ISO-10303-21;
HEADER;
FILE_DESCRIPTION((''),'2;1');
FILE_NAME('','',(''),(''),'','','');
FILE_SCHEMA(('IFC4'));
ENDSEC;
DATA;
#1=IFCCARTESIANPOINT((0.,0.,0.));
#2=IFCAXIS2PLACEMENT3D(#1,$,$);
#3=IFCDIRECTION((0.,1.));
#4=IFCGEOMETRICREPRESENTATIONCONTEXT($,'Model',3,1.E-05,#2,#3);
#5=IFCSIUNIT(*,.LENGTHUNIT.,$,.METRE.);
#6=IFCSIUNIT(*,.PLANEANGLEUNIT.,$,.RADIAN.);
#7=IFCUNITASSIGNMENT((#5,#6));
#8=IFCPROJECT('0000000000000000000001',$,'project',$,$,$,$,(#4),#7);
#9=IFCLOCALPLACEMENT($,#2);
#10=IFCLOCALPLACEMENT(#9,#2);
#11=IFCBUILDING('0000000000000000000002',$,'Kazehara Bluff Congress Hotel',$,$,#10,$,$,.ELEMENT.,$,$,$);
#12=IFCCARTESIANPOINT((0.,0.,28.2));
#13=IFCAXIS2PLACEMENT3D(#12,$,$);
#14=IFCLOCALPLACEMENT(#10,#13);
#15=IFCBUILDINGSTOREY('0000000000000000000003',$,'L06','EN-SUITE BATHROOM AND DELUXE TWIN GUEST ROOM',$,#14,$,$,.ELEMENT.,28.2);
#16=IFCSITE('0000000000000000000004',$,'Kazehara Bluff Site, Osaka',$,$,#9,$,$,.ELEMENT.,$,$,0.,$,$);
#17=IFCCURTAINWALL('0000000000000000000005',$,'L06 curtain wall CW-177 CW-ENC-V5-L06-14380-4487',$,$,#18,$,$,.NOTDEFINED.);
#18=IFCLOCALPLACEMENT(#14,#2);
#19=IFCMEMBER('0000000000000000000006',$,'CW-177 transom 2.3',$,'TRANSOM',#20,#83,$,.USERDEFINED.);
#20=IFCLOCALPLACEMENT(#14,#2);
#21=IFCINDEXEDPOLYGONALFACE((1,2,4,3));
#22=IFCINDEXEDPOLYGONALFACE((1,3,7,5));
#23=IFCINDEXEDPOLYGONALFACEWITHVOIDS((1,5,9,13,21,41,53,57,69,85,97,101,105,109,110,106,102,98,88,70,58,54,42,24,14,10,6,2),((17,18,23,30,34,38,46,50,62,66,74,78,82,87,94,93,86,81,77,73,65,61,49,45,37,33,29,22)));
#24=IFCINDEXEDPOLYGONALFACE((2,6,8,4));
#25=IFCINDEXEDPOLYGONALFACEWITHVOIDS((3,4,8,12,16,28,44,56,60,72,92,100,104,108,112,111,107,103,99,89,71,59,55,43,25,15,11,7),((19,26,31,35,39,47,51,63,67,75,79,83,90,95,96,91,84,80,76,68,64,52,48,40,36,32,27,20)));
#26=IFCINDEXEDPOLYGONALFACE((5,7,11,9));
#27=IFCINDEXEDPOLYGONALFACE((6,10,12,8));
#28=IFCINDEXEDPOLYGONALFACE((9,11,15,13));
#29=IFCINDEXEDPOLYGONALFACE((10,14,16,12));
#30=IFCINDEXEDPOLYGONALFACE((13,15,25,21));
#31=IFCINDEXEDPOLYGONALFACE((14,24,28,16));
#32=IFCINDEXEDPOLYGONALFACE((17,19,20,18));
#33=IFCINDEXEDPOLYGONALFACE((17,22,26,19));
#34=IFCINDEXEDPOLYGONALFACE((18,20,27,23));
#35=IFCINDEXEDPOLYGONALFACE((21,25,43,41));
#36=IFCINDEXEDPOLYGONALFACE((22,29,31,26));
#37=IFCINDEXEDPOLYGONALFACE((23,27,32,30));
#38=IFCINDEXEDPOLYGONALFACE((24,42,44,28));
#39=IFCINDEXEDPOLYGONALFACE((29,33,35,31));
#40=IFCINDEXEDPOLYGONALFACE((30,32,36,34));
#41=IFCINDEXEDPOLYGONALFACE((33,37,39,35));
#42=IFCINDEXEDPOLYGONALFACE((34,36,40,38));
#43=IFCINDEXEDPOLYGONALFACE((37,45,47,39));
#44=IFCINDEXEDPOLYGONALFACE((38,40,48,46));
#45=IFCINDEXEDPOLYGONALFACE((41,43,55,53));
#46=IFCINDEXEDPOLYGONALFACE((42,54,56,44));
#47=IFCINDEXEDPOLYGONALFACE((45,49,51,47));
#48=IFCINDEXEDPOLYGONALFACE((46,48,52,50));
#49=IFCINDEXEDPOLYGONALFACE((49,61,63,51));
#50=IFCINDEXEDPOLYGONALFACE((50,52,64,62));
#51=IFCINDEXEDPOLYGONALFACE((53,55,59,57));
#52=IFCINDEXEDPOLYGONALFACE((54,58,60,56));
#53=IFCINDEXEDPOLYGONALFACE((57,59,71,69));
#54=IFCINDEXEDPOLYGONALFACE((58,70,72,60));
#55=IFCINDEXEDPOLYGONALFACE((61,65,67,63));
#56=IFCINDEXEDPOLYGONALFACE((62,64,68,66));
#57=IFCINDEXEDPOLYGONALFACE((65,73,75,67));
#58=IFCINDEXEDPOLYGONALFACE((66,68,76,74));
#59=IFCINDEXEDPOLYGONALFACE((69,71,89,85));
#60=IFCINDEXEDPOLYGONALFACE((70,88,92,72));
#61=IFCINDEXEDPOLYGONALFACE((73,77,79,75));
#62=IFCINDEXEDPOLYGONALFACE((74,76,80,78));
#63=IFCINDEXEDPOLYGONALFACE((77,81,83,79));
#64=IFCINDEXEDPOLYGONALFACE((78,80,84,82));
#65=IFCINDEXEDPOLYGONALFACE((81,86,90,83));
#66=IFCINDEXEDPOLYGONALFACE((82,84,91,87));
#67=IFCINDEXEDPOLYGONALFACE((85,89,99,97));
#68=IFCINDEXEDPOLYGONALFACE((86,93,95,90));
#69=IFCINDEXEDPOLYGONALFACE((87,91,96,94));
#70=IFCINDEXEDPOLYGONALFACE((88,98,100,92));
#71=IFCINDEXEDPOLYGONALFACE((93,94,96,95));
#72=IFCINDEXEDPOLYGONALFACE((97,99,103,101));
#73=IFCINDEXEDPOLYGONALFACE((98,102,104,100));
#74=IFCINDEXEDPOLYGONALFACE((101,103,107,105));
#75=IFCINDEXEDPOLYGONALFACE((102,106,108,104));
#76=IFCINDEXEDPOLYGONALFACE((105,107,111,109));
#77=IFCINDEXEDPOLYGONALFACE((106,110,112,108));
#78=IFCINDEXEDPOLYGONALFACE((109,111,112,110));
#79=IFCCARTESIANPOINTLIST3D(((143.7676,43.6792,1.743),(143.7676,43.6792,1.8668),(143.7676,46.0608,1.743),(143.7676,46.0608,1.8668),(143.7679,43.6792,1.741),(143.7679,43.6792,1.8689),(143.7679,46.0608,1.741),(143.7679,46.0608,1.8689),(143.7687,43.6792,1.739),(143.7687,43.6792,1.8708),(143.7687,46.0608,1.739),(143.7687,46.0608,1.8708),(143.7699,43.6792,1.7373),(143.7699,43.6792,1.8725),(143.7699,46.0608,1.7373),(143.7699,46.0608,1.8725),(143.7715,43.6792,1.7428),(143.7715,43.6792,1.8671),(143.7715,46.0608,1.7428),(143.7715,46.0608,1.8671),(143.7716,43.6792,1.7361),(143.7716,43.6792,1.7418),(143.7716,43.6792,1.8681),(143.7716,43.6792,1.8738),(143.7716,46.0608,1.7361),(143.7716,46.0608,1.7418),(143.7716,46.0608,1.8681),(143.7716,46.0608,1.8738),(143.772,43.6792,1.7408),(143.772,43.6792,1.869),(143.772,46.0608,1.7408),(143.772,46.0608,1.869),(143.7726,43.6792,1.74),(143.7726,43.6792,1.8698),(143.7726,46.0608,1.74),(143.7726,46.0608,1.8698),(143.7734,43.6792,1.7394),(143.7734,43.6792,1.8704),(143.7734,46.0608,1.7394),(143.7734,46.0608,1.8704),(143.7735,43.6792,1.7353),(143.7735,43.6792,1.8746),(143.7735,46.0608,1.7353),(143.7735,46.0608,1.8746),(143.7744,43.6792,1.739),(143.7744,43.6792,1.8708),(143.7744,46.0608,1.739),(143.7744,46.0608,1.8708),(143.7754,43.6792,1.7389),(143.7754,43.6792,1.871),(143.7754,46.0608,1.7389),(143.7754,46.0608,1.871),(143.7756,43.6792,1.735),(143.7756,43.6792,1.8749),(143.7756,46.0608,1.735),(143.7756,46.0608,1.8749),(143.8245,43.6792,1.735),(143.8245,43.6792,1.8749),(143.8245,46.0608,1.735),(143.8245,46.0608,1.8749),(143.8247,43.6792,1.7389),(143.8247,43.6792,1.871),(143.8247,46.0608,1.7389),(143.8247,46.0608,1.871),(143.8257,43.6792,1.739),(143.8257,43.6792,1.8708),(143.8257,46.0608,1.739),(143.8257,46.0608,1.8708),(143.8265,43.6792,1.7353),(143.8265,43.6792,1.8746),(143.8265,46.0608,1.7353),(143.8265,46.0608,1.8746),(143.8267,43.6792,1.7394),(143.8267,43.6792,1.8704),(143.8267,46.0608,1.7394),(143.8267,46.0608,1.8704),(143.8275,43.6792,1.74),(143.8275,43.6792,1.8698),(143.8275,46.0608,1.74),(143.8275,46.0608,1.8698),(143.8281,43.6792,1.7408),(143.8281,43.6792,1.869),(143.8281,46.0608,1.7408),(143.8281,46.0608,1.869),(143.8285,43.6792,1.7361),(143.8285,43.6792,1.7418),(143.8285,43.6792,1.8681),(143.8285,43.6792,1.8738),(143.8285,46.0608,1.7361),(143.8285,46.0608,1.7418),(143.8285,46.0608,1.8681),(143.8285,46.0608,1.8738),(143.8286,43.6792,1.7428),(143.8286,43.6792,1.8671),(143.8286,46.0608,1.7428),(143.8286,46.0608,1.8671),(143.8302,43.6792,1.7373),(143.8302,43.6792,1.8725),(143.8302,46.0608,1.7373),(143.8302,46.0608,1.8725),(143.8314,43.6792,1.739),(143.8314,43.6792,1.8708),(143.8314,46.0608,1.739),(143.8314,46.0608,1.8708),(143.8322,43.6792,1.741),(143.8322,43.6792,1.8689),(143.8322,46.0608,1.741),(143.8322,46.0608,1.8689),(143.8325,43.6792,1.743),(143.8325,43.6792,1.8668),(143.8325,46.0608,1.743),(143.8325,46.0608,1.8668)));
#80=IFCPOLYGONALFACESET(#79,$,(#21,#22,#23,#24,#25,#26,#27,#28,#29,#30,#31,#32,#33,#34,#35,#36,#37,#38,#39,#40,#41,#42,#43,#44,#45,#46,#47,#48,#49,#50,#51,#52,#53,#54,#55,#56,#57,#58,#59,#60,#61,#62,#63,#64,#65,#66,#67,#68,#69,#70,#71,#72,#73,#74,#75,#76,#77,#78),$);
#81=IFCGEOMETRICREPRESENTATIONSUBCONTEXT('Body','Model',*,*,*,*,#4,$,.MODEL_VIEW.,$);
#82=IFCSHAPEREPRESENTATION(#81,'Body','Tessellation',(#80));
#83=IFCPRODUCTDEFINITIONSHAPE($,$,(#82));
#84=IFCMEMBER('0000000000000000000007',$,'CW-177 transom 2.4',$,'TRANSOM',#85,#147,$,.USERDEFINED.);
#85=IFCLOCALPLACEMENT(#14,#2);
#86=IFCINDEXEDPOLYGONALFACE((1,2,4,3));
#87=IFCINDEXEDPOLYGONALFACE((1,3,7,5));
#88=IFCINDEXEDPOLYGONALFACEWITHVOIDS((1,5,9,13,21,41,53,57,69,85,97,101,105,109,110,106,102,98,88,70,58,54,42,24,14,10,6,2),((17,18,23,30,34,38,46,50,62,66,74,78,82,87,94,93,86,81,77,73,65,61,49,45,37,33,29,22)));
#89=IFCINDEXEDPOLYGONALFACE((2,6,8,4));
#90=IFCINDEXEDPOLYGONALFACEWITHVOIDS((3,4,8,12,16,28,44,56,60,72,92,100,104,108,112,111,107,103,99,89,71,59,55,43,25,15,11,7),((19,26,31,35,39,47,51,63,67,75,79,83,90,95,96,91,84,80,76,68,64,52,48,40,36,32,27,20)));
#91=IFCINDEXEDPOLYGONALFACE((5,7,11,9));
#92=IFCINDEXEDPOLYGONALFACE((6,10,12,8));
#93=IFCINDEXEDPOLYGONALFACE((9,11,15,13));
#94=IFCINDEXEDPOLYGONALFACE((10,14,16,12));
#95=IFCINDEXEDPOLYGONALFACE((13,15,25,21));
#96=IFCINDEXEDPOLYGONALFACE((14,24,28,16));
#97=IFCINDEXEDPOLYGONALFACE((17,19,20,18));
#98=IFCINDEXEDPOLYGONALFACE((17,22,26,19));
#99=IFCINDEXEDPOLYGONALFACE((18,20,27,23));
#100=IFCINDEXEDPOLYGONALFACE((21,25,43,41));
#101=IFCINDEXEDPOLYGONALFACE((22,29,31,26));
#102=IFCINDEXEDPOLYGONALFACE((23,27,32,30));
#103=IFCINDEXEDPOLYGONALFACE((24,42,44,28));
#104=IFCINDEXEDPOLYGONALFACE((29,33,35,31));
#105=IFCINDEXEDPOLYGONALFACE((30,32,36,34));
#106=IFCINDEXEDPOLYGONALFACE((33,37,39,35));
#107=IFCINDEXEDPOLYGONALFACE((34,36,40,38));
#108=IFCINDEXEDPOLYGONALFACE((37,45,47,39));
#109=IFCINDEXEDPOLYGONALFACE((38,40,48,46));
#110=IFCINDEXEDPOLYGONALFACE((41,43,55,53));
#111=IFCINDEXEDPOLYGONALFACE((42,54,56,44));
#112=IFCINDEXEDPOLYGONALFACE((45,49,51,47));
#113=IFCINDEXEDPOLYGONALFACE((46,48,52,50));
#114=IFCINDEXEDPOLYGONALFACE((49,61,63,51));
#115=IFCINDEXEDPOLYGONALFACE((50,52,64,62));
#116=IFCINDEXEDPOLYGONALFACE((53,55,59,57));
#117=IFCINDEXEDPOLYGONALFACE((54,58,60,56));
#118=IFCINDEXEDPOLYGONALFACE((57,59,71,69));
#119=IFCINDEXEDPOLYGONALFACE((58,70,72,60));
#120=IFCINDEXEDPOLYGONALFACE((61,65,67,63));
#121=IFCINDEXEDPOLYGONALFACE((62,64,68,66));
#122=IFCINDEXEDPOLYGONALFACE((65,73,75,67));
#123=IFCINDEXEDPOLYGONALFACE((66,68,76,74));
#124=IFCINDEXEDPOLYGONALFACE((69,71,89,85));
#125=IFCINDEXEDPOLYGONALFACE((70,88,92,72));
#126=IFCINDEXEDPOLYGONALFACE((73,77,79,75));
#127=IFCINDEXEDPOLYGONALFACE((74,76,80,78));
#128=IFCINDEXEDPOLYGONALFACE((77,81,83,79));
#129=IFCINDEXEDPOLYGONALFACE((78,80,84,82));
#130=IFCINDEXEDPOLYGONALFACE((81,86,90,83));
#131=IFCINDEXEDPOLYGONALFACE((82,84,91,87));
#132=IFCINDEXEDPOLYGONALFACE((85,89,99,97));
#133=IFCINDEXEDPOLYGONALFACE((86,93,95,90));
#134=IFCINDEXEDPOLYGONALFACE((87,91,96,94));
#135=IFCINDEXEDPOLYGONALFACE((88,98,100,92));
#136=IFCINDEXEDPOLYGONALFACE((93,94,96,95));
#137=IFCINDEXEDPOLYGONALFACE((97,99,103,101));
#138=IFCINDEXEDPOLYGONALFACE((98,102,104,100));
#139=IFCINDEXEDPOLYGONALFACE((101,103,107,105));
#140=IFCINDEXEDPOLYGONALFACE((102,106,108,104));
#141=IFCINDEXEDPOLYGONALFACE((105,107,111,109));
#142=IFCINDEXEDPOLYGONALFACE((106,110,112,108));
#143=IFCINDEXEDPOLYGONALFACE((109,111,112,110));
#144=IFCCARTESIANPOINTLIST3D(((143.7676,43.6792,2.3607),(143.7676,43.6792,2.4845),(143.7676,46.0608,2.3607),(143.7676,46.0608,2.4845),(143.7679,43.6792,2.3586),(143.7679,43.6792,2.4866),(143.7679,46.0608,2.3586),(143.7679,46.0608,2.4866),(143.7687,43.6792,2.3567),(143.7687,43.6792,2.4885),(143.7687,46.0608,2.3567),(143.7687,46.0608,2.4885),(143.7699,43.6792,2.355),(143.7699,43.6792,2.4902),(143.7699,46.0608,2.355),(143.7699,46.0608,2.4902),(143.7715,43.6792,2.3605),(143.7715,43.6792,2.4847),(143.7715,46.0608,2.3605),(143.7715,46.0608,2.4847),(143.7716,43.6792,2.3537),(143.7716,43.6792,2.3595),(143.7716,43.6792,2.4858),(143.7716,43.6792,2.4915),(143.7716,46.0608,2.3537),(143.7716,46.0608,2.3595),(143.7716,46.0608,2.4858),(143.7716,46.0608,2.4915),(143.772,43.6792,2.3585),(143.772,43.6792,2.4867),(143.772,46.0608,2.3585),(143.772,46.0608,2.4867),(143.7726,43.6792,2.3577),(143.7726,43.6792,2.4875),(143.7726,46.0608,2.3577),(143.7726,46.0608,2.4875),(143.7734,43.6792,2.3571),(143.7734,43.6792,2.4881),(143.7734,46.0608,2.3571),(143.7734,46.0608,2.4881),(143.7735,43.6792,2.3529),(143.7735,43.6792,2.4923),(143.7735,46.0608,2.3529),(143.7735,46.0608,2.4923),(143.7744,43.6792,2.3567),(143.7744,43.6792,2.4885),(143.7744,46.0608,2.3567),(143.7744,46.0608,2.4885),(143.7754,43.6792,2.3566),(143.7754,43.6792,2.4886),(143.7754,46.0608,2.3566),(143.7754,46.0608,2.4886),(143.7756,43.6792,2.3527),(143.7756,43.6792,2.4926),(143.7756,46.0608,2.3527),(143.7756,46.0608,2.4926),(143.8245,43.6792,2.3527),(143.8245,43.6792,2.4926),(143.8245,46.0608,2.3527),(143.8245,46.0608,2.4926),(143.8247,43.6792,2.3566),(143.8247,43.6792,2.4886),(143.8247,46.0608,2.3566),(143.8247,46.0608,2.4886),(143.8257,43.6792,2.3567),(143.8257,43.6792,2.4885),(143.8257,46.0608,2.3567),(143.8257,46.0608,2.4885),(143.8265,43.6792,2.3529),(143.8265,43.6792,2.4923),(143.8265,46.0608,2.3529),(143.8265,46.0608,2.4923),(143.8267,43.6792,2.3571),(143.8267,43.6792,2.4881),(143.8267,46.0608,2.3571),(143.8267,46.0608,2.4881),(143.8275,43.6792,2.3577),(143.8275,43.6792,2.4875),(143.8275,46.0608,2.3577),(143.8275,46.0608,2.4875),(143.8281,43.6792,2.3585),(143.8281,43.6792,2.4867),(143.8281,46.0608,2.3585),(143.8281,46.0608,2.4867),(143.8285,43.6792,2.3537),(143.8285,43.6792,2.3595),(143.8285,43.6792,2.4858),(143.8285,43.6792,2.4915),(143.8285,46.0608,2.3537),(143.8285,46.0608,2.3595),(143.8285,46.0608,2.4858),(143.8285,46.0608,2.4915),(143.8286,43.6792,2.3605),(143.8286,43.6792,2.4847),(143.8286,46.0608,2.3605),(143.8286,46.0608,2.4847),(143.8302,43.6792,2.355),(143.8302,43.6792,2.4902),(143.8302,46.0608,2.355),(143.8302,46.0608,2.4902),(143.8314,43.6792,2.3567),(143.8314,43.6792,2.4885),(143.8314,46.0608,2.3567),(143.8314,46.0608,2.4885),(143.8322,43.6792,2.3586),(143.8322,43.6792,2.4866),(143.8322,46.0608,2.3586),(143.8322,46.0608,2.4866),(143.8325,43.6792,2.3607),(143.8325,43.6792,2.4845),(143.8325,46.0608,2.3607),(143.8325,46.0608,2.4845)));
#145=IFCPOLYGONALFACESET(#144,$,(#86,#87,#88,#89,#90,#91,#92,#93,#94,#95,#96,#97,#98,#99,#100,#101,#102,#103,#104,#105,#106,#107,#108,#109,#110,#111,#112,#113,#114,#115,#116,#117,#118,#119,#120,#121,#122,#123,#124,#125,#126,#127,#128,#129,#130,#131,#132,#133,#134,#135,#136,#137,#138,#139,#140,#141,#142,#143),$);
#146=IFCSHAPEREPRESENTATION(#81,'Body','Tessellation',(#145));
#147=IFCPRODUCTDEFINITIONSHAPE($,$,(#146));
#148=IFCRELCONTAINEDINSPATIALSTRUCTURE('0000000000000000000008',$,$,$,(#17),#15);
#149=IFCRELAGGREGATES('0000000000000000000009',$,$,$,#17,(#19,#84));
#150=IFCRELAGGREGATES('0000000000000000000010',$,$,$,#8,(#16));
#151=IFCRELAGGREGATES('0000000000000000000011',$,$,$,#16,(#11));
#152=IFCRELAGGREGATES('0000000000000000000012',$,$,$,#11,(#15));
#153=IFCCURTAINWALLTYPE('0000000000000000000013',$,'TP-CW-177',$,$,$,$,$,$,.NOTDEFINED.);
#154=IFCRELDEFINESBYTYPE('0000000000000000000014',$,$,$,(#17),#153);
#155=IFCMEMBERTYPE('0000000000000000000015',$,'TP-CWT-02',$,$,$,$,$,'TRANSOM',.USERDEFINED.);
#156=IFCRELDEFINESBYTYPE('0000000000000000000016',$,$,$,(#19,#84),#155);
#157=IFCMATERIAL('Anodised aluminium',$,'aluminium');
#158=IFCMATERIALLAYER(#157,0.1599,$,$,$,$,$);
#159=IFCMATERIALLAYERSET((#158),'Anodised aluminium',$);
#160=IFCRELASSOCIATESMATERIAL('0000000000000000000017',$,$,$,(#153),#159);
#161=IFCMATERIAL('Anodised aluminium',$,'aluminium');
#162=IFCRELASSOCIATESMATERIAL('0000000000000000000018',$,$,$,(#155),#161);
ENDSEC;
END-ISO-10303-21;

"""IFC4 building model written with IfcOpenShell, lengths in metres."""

from ifc_helpers import new_model, si_unit, direction, frame, origin, origin_2d, place, context, subcontext, project, spatial, hollow_rectangle, extrude, material, layer, layer_set, material_profile, profile_set, type_object, element, aggregate, save


model = new_model("IFC4")

# Units and contexts
model_context = context("Model", 3, precision=1e-05, world=origin(), true_north=direction((0.0, 1.0)))
body_context = subcontext(model_context, "Body", "Model", "MODEL_VIEW")
ifc_project = project(units=[si_unit("LENGTHUNIT", "METRE"), si_unit("PLANEANGLEUNIT", "RADIAN")], contexts=[model_context])

# Site, building, storey
site_placement = place(None, origin())
site = spatial("IfcSite", under=ifc_project, at=site_placement, Name="Kazehara Bluff Site, Osaka", CompositionType="ELEMENT", RefElevation=0.0)
building_placement = place(site_placement, origin())
building = spatial("IfcBuilding", under=site, at=building_placement, Name="Kazehara Bluff Congress Hotel", CompositionType="ELEMENT")
storey_placement = place(building_placement, frame((0.0, 0.0, 28.2)))
storey = spatial("IfcBuildingStorey", under=building, at=storey_placement, Name="L06", Description="EN-SUITE BATHROOM AND DELUXE TWIN GUEST ROOM", CompositionType="ELEMENT", Elevation=28.2)

# Curtain wall, members
ifc_material_1 = material(Name="Anodised aluminium", Category="aluminium")
ifc_layer_1 = layer(ifc_material_1, 0.1599)
ifc_layer_set_1 = layer_set([ifc_layer_1], Name="Anodised aluminium")
curtain_wall_type = type_object("IfcCurtainWallType", Name="TP-CW-177", PredefinedType="NOTDEFINED", material=ifc_layer_set_1)
curtain_wall_placement = place(storey_placement, origin())
curtain_wall = element("IfcCurtainWall", 1, at=curtain_wall_placement, inside=storey, type_object=curtain_wall_type, Name="L06 curtain wall CW-177 CW-ENC-V5-L06-14380-4487", PredefinedType="NOTDEFINED")
ifc_material_2 = material(Name="Anodised aluminium", Category="aluminium")
ifc_material_profile_1 = material_profile(ifc_material_2, hollow_rectangle(XDim=0.0649, YDim=0.1399, WallThickness=0.0039, InnerFilletRadius=0.0039, OuterFilletRadius=0.0081, at=origin_2d()))
ifc_profile_set_1 = profile_set([ifc_material_profile_1], Name="Anodised aluminium")
member_type_1 = type_object("IfcMemberType", Name="TP-CWT-02", ElementType="TRANSOM", PredefinedType="USERDEFINED", material=ifc_profile_set_1)
member_1_placement = place(storey_placement, frame((143.8, 43.6792, 1.8049), z_axis=(0.0, 1.0, 0.0), x_axis=(-1.0, 0.0, 0.0)))
member_1 = element("IfcMember", 2, at=member_1_placement, type_object=member_type_1, Name="CW-177 transom 2.3", ObjectType="TRANSOM", PredefinedType="USERDEFINED", context=body_context, shape_type="SweptSolid", body=[
    extrude(hollow_rectangle(XDim=0.0649, YDim=0.1399, WallThickness=0.0039, InnerFilletRadius=0.0039, OuterFilletRadius=0.0081, at=origin_2d()), origin(), (0.0, 0.0, 1.0), 2.3816),
])
member_2_placement = place(storey_placement, frame((143.8, 43.6792, 2.4226), z_axis=(0.0, 1.0, 0.0), x_axis=(-1.0, 0.0, 0.0)))
member_2 = element("IfcMember", 3, at=member_2_placement, type_object=member_type_1, Name="CW-177 transom 2.4", ObjectType="TRANSOM", PredefinedType="USERDEFINED", context=body_context, shape_type="SweptSolid", body=[
    extrude(hollow_rectangle(XDim=0.0649, YDim=0.1399, WallThickness=0.0039, InnerFilletRadius=0.0039, OuterFilletRadius=0.0081, at=origin_2d()), origin(), (0.0, 0.0, 1.0), 2.3816),
])
aggregate(curtain_wall, [member_1, member_2])

save(model, "model.ifc")
